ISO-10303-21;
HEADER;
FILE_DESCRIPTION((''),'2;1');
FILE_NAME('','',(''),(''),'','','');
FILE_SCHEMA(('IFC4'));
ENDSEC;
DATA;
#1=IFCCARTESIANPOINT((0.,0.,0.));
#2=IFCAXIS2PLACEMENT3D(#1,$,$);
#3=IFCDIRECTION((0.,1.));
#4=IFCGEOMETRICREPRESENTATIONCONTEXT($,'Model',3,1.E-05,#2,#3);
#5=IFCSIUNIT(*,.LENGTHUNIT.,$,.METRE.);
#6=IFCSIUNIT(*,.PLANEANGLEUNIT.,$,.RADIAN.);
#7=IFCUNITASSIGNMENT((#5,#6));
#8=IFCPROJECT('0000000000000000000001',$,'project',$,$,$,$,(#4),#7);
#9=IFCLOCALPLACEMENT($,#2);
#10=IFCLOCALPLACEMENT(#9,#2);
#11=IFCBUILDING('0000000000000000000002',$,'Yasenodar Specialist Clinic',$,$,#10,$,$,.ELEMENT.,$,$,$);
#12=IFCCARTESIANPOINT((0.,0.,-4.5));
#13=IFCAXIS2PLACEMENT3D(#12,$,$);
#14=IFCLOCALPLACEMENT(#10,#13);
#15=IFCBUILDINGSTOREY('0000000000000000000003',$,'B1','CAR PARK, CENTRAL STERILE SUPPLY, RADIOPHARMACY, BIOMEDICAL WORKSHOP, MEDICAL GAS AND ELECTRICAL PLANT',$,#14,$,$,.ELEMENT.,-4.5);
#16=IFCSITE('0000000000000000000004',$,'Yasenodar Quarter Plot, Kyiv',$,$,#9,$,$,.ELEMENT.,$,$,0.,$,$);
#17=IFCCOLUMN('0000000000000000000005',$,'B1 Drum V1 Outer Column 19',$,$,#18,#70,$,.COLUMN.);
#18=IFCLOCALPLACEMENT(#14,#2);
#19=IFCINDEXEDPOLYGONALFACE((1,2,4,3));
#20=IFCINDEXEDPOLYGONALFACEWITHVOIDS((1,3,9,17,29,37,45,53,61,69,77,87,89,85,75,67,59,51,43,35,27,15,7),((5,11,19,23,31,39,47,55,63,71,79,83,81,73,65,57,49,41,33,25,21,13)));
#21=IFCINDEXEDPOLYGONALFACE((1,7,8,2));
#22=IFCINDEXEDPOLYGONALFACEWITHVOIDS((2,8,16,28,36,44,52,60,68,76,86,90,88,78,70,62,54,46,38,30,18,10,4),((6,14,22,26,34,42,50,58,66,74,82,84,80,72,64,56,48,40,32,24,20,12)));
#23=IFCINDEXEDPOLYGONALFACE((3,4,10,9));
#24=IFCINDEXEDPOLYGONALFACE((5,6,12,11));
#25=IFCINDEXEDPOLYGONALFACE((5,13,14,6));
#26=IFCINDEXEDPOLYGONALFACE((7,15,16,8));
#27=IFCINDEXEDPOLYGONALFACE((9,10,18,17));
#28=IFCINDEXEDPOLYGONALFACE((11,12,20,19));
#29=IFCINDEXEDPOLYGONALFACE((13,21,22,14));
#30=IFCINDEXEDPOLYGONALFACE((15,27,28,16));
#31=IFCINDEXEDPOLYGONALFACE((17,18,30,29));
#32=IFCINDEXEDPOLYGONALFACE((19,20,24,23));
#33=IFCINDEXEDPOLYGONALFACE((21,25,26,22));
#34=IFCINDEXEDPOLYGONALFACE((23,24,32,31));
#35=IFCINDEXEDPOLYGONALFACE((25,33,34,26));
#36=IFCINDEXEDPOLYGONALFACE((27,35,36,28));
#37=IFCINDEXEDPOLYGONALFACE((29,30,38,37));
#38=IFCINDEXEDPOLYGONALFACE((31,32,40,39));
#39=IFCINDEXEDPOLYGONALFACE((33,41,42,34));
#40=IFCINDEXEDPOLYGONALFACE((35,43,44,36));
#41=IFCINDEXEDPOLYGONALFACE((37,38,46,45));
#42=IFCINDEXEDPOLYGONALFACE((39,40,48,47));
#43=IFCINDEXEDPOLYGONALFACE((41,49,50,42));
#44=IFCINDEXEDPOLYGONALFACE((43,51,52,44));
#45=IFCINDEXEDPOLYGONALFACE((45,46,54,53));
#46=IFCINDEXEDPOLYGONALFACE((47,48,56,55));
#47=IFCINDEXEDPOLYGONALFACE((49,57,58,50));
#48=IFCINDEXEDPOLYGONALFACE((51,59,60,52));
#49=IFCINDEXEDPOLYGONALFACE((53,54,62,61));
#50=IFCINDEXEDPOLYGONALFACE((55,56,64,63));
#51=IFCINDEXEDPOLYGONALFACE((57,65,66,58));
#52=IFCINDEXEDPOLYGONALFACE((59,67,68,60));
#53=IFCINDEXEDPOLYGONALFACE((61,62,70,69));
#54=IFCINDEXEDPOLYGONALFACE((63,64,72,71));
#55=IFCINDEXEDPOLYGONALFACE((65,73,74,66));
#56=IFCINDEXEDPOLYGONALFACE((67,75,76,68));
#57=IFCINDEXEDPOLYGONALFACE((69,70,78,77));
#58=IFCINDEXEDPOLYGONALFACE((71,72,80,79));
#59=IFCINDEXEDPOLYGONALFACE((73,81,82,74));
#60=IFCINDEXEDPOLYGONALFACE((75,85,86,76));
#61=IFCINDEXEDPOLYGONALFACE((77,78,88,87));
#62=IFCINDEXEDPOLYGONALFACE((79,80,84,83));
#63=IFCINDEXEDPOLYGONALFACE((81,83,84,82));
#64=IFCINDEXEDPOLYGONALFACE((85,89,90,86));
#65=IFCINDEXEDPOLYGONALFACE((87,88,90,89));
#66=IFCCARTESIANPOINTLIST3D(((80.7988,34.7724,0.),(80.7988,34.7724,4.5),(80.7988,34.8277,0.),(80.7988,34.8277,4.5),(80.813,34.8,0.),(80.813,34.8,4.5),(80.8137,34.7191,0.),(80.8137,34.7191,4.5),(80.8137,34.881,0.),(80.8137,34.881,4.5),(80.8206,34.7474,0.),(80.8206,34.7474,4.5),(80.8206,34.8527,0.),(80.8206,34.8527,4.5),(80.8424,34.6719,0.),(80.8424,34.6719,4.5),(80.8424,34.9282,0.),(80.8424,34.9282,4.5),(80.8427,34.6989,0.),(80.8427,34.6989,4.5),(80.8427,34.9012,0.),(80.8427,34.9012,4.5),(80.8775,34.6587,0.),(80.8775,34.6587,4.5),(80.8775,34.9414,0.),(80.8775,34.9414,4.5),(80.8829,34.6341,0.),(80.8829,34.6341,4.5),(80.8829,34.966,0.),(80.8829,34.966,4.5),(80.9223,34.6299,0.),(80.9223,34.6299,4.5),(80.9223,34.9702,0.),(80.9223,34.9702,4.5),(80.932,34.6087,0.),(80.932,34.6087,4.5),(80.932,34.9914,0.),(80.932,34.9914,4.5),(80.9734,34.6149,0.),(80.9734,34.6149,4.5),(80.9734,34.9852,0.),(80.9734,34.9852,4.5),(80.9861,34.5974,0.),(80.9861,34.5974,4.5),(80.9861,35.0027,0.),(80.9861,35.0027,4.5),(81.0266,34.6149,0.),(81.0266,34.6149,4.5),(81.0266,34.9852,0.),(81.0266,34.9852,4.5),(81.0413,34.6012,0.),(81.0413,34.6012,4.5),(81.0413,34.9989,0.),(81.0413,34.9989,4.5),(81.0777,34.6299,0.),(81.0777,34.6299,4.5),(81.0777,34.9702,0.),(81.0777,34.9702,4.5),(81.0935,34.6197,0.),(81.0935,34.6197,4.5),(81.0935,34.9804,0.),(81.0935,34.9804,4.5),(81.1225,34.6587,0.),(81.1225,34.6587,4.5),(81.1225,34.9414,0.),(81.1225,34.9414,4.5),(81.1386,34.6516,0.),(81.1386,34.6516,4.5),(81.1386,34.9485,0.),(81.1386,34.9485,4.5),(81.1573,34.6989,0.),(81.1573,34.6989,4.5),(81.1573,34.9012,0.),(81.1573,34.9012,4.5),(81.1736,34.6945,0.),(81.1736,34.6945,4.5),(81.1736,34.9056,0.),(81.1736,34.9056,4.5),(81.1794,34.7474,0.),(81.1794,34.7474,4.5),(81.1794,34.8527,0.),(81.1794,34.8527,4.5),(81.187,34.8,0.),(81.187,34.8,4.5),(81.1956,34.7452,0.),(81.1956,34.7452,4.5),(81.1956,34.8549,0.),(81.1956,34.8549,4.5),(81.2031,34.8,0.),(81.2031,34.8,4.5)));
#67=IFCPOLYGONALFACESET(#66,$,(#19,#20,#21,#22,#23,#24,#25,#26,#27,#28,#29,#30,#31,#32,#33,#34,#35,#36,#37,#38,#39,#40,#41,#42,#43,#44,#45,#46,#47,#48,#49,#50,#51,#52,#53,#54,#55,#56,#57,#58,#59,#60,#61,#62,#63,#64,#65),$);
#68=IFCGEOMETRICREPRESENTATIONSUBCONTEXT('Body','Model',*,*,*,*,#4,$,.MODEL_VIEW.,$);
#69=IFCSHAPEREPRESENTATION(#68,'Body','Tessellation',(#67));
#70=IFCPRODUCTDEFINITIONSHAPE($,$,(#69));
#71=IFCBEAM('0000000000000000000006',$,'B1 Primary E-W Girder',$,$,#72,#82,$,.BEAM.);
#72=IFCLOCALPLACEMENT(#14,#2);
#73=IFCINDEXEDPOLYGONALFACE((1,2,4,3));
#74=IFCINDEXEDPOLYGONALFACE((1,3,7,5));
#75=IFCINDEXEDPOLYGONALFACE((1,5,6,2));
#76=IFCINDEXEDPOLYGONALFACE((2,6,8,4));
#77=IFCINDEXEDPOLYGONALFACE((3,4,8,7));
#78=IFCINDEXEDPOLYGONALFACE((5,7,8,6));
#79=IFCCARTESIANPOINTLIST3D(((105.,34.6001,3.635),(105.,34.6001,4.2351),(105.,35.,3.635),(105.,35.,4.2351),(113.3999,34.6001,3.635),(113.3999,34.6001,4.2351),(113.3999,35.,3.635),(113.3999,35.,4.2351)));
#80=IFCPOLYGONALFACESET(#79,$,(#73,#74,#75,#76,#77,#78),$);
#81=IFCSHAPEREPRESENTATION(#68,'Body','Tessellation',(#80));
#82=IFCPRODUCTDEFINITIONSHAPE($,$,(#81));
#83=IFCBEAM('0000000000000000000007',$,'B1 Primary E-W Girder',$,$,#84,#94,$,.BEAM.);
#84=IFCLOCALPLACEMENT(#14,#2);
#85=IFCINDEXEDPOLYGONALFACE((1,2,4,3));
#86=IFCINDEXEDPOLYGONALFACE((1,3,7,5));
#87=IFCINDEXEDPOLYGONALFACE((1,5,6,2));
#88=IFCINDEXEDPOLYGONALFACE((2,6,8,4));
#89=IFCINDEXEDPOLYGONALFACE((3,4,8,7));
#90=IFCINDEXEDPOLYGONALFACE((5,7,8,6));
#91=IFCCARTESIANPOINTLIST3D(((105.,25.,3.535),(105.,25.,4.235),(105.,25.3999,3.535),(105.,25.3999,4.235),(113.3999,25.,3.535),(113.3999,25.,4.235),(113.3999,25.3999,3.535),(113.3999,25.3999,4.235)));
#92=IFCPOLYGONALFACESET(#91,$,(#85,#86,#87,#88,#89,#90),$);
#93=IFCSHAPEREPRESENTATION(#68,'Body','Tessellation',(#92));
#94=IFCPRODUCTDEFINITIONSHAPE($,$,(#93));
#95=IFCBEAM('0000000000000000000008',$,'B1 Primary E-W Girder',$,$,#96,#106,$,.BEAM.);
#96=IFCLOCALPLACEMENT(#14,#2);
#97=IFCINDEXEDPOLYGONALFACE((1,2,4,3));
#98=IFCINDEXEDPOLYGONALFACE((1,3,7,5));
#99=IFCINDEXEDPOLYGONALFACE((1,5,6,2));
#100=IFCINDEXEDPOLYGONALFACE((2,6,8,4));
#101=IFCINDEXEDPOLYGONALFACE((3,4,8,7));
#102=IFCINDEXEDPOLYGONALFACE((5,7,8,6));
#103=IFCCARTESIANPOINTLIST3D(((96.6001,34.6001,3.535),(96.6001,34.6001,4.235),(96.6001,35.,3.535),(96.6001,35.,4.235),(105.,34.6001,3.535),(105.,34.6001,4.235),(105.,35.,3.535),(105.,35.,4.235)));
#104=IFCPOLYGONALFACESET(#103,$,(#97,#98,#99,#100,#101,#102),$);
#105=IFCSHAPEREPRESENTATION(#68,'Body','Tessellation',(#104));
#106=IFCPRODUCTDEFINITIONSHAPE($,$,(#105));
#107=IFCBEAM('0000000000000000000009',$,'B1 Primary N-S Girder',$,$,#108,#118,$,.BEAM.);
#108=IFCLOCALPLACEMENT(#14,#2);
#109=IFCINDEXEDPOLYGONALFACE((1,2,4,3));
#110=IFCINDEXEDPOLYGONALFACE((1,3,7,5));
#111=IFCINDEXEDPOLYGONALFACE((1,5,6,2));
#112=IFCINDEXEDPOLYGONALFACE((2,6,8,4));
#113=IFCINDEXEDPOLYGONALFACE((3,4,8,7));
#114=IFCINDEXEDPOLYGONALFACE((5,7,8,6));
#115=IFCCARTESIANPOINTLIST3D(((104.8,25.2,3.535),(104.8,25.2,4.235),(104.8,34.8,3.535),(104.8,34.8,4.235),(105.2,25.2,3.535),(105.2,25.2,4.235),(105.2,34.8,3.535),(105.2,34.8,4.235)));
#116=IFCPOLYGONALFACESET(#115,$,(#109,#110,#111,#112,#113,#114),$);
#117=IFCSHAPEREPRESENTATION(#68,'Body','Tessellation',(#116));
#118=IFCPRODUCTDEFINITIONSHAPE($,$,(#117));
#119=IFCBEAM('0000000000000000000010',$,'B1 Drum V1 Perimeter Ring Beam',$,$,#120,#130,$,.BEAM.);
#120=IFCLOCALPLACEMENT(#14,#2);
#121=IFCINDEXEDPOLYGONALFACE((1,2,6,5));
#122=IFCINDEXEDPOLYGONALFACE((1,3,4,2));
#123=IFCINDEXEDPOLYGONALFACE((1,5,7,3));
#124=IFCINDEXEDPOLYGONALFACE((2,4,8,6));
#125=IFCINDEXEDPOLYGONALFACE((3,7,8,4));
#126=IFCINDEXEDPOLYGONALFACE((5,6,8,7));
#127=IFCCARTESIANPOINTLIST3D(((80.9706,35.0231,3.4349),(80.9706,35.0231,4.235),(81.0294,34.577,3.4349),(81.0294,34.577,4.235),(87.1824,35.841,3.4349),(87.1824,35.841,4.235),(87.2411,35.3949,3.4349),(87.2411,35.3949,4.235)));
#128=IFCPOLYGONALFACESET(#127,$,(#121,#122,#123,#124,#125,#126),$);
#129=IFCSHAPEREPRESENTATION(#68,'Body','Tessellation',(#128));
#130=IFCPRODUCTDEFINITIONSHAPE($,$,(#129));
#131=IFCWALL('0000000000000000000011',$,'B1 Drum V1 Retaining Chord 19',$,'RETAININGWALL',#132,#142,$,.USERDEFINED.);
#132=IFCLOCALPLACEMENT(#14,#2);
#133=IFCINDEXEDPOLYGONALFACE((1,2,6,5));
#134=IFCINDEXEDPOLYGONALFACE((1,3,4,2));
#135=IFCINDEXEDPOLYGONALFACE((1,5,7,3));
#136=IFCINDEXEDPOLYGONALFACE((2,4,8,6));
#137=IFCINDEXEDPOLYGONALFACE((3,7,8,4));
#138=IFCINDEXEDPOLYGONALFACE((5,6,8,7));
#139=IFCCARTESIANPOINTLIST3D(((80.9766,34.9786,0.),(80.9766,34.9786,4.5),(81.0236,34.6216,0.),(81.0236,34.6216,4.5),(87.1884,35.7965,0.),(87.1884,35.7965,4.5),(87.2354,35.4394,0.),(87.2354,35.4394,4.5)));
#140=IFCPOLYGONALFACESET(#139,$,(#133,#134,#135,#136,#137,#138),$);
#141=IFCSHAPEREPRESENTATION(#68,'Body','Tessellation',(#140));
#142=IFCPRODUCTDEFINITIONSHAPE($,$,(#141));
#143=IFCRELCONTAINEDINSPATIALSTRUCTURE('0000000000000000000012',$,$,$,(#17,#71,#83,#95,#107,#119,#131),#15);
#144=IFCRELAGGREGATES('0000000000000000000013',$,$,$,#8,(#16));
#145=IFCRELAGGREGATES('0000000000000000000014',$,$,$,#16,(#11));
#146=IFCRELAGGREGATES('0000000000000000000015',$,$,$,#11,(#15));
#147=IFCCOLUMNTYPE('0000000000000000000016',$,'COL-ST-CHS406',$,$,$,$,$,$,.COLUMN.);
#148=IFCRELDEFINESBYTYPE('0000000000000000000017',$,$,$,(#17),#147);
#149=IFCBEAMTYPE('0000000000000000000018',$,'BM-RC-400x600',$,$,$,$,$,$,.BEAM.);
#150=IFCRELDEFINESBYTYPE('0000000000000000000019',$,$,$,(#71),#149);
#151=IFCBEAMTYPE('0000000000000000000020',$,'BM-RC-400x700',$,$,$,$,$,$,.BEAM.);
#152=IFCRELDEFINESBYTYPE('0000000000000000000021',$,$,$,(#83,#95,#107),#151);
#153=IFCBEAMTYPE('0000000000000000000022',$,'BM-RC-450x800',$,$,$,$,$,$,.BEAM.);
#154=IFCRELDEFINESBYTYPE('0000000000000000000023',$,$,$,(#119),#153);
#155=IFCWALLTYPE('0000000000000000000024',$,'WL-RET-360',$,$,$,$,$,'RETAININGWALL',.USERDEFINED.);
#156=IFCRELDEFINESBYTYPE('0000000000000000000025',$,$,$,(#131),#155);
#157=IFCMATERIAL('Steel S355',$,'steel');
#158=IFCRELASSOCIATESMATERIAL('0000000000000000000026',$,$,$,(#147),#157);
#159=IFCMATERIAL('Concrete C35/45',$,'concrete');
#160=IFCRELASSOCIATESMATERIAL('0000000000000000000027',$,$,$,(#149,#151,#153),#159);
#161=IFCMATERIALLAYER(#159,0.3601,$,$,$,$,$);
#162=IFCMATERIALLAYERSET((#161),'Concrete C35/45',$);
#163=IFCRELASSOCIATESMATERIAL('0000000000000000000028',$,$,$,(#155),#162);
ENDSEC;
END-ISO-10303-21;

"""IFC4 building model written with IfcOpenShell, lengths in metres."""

from ifc_helpers import new_model, si_unit, direction, frame, frame_2d, origin, origin_2d, place, context, subcontext, project, spatial, rectangle, hollow_circle, extrude, material, layer, layer_set, material_profile, profile_set, type_object, element, save


model = new_model("IFC4")

# Units and contexts
model_context = context("Model", 3, precision=1e-05, world=origin(), true_north=direction((0.0, 1.0)))
body_context = subcontext(model_context, "Body", "Model", "MODEL_VIEW")
ifc_project = project(units=[si_unit("LENGTHUNIT", "METRE"), si_unit("PLANEANGLEUNIT", "RADIAN")], contexts=[model_context])

# Site, building, storey
site_placement = place(None, origin())
site = spatial("IfcSite", under=ifc_project, at=site_placement, Name="Yasenodar Quarter Plot, Kyiv", CompositionType="ELEMENT", RefElevation=0.0)
building_placement = place(site_placement, origin())
building = spatial("IfcBuilding", under=site, at=building_placement, Name="Yasenodar Specialist Clinic", CompositionType="ELEMENT")
storey_placement = place(building_placement, frame((0.0, 0.0, -4.5)))
storey = spatial("IfcBuildingStorey", under=building, at=storey_placement, Name="B1", Description="CAR PARK, CENTRAL STERILE SUPPLY, RADIOPHARMACY, BIOMEDICAL WORKSHOP, MEDICAL GAS AND ELECTRICAL PLANT", CompositionType="ELEMENT", Elevation=-4.5)

# Shared definitions
ifc_material_1 = material(Name="Concrete C35/45", Category="concrete")

# Column
ifc_material_2 = material(Name="Steel S355", Category="steel")
ifc_material_profile_1 = material_profile(ifc_material_2, hollow_circle(Radius=0.2031, WallThickness=0.0161, at=origin_2d()), Name="CHS 406.4x16")
ifc_profile_set_1 = profile_set([ifc_material_profile_1], Name="Steel S355")
column_type_1 = type_object("IfcColumnType", Name="COL-ST-CHS406", PredefinedType="COLUMN", material=ifc_profile_set_1)
column_1_placement = place(storey_placement, frame((81.0, 34.8, 0.0), z_axis=(0.0, 0.0, 1.0), x_axis=(1.0, 0.0, 0.0)))
element("IfcColumn", 1, at=column_1_placement, inside=storey, type_object=column_type_1, Name="B1 Drum V1 Outer Column 19", PredefinedType="COLUMN", context=body_context, shape_type="SweptSolid", body=[
    extrude(hollow_circle(Radius=0.2031, WallThickness=0.0161, at=origin_2d()), origin(), (0.0, 0.0, 1.0), 4.5),
])

# Beams
ifc_material_profile_2 = material_profile(ifc_material_1, rectangle(XDim=0.3999, YDim=0.6001, at=origin_2d()), Name="RC 400x600")
ifc_profile_set_2 = profile_set([ifc_material_profile_2], Name="Concrete C35/45")
beam_type_1 = type_object("IfcBeamType", Name="BM-RC-400x600", PredefinedType="BEAM", material=ifc_profile_set_2)
beam_1_placement = place(storey_placement, frame((105.0, 34.8, 3.9351), z_axis=(1.0, 0.0, 0.0), x_axis=(0.0, 1.0, 0.0)))
element("IfcBeam", 2, at=beam_1_placement, inside=storey, type_object=beam_type_1, Name="B1 Primary E-W Girder", PredefinedType="BEAM", context=body_context, shape_type="SweptSolid", body=[
    extrude(rectangle(XDim=0.3999, YDim=0.6001, at=origin_2d()), origin(), (0.0, 0.0, 1.0), 8.3999),
])
ifc_material_profile_3 = material_profile(ifc_material_1, rectangle(XDim=0.3999, YDim=0.7, at=origin_2d()), Name="RC 400x700")
ifc_profile_set_3 = profile_set([ifc_material_profile_3], Name="Concrete C35/45")
beam_type_2 = type_object("IfcBeamType", Name="BM-RC-400x700", PredefinedType="BEAM", material=ifc_profile_set_3)
for number, where, z_axis, x_axis, name in (
    (3, (105.0, 25.2, 3.885), (1.0, 0.0, 0.0), (0.0, 1.0, 0.0), "B1 Primary E-W Girder"),
    (4, (96.6001, 34.8, 3.885), (1.0, 0.0, 0.0), (0.0, 1.0, 0.0), "B1 Primary E-W Girder"),
):
    element("IfcBeam", number, at=place(storey_placement, frame(where, z_axis=z_axis, x_axis=x_axis)), inside=storey, type_object=beam_type_2, Name=name, PredefinedType="BEAM", context=body_context, shape_type="SweptSolid", body=[
        extrude(rectangle(XDim=0.3999, YDim=0.7, at=origin_2d()), origin(), (0.0, 0.0, 1.0), 8.3999),
    ])
beam_2_placement = place(storey_placement, frame((105.0, 25.2, 3.885), z_axis=(0.0, 1.0, 0.0), x_axis=(-1.0, 0.0, 0.0)))
element("IfcBeam", 5, at=beam_2_placement, inside=storey, type_object=beam_type_2, Name="B1 Primary N-S Girder", PredefinedType="BEAM", context=body_context, shape_type="SweptSolid", body=[
    extrude(rectangle(XDim=0.3999, YDim=0.7, at=origin_2d()), origin(), (0.0, 0.0, 1.0), 9.6001),
])
ifc_material_profile_4 = material_profile(ifc_material_1, rectangle(XDim=0.45, YDim=0.8, at=origin_2d()), Name="RC 450x800")
ifc_profile_set_4 = profile_set([ifc_material_profile_4], Name="Concrete C35/45")
beam_type_3 = type_object("IfcBeamType", Name="BM-RC-450x800", PredefinedType="BEAM", material=ifc_profile_set_4)
beam_3_placement = place(storey_placement, frame((81.0, 34.8, 3.835), z_axis=(0.991443, 0.13054, 0.0), x_axis=(-0.13054, 0.991443, 0.0)))
element("IfcBeam", 6, at=beam_3_placement, inside=storey, type_object=beam_type_3, Name="B1 Drum V1 Perimeter Ring Beam", PredefinedType="BEAM", context=body_context, shape_type="SweptSolid", body=[
    extrude(rectangle(XDim=0.45, YDim=0.8, at=origin_2d()), origin(), (0.0, 0.0, 1.0), 6.2654),
])

# Wall
ifc_layer = layer(ifc_material_1, 0.3601)
ifc_layer_set = layer_set([ifc_layer], Name="Concrete C35/45")
wall_type = type_object("IfcWallType", Name="WL-RET-360", ElementType="RETAININGWALL", PredefinedType="USERDEFINED", material=ifc_layer_set)
wall_placement = place(storey_placement, frame((81.0, 34.8, 0.0), z_axis=(0.0, 0.0, 1.0), x_axis=(0.991443, 0.13054, 0.0)))
element("IfcWall", 7, at=wall_placement, inside=storey, type_object=wall_type, Name="B1 Drum V1 Retaining Chord 19", ObjectType="RETAININGWALL", PredefinedType="USERDEFINED", context=body_context, shape_type="SweptSolid", body=[
    extrude(rectangle(XDim=6.2654, YDim=0.3601, at=frame_2d((3.1328, 0.0))), origin(), (0.0, 0.0, 1.0), 4.5),
])

save(model, "model.ifc")
